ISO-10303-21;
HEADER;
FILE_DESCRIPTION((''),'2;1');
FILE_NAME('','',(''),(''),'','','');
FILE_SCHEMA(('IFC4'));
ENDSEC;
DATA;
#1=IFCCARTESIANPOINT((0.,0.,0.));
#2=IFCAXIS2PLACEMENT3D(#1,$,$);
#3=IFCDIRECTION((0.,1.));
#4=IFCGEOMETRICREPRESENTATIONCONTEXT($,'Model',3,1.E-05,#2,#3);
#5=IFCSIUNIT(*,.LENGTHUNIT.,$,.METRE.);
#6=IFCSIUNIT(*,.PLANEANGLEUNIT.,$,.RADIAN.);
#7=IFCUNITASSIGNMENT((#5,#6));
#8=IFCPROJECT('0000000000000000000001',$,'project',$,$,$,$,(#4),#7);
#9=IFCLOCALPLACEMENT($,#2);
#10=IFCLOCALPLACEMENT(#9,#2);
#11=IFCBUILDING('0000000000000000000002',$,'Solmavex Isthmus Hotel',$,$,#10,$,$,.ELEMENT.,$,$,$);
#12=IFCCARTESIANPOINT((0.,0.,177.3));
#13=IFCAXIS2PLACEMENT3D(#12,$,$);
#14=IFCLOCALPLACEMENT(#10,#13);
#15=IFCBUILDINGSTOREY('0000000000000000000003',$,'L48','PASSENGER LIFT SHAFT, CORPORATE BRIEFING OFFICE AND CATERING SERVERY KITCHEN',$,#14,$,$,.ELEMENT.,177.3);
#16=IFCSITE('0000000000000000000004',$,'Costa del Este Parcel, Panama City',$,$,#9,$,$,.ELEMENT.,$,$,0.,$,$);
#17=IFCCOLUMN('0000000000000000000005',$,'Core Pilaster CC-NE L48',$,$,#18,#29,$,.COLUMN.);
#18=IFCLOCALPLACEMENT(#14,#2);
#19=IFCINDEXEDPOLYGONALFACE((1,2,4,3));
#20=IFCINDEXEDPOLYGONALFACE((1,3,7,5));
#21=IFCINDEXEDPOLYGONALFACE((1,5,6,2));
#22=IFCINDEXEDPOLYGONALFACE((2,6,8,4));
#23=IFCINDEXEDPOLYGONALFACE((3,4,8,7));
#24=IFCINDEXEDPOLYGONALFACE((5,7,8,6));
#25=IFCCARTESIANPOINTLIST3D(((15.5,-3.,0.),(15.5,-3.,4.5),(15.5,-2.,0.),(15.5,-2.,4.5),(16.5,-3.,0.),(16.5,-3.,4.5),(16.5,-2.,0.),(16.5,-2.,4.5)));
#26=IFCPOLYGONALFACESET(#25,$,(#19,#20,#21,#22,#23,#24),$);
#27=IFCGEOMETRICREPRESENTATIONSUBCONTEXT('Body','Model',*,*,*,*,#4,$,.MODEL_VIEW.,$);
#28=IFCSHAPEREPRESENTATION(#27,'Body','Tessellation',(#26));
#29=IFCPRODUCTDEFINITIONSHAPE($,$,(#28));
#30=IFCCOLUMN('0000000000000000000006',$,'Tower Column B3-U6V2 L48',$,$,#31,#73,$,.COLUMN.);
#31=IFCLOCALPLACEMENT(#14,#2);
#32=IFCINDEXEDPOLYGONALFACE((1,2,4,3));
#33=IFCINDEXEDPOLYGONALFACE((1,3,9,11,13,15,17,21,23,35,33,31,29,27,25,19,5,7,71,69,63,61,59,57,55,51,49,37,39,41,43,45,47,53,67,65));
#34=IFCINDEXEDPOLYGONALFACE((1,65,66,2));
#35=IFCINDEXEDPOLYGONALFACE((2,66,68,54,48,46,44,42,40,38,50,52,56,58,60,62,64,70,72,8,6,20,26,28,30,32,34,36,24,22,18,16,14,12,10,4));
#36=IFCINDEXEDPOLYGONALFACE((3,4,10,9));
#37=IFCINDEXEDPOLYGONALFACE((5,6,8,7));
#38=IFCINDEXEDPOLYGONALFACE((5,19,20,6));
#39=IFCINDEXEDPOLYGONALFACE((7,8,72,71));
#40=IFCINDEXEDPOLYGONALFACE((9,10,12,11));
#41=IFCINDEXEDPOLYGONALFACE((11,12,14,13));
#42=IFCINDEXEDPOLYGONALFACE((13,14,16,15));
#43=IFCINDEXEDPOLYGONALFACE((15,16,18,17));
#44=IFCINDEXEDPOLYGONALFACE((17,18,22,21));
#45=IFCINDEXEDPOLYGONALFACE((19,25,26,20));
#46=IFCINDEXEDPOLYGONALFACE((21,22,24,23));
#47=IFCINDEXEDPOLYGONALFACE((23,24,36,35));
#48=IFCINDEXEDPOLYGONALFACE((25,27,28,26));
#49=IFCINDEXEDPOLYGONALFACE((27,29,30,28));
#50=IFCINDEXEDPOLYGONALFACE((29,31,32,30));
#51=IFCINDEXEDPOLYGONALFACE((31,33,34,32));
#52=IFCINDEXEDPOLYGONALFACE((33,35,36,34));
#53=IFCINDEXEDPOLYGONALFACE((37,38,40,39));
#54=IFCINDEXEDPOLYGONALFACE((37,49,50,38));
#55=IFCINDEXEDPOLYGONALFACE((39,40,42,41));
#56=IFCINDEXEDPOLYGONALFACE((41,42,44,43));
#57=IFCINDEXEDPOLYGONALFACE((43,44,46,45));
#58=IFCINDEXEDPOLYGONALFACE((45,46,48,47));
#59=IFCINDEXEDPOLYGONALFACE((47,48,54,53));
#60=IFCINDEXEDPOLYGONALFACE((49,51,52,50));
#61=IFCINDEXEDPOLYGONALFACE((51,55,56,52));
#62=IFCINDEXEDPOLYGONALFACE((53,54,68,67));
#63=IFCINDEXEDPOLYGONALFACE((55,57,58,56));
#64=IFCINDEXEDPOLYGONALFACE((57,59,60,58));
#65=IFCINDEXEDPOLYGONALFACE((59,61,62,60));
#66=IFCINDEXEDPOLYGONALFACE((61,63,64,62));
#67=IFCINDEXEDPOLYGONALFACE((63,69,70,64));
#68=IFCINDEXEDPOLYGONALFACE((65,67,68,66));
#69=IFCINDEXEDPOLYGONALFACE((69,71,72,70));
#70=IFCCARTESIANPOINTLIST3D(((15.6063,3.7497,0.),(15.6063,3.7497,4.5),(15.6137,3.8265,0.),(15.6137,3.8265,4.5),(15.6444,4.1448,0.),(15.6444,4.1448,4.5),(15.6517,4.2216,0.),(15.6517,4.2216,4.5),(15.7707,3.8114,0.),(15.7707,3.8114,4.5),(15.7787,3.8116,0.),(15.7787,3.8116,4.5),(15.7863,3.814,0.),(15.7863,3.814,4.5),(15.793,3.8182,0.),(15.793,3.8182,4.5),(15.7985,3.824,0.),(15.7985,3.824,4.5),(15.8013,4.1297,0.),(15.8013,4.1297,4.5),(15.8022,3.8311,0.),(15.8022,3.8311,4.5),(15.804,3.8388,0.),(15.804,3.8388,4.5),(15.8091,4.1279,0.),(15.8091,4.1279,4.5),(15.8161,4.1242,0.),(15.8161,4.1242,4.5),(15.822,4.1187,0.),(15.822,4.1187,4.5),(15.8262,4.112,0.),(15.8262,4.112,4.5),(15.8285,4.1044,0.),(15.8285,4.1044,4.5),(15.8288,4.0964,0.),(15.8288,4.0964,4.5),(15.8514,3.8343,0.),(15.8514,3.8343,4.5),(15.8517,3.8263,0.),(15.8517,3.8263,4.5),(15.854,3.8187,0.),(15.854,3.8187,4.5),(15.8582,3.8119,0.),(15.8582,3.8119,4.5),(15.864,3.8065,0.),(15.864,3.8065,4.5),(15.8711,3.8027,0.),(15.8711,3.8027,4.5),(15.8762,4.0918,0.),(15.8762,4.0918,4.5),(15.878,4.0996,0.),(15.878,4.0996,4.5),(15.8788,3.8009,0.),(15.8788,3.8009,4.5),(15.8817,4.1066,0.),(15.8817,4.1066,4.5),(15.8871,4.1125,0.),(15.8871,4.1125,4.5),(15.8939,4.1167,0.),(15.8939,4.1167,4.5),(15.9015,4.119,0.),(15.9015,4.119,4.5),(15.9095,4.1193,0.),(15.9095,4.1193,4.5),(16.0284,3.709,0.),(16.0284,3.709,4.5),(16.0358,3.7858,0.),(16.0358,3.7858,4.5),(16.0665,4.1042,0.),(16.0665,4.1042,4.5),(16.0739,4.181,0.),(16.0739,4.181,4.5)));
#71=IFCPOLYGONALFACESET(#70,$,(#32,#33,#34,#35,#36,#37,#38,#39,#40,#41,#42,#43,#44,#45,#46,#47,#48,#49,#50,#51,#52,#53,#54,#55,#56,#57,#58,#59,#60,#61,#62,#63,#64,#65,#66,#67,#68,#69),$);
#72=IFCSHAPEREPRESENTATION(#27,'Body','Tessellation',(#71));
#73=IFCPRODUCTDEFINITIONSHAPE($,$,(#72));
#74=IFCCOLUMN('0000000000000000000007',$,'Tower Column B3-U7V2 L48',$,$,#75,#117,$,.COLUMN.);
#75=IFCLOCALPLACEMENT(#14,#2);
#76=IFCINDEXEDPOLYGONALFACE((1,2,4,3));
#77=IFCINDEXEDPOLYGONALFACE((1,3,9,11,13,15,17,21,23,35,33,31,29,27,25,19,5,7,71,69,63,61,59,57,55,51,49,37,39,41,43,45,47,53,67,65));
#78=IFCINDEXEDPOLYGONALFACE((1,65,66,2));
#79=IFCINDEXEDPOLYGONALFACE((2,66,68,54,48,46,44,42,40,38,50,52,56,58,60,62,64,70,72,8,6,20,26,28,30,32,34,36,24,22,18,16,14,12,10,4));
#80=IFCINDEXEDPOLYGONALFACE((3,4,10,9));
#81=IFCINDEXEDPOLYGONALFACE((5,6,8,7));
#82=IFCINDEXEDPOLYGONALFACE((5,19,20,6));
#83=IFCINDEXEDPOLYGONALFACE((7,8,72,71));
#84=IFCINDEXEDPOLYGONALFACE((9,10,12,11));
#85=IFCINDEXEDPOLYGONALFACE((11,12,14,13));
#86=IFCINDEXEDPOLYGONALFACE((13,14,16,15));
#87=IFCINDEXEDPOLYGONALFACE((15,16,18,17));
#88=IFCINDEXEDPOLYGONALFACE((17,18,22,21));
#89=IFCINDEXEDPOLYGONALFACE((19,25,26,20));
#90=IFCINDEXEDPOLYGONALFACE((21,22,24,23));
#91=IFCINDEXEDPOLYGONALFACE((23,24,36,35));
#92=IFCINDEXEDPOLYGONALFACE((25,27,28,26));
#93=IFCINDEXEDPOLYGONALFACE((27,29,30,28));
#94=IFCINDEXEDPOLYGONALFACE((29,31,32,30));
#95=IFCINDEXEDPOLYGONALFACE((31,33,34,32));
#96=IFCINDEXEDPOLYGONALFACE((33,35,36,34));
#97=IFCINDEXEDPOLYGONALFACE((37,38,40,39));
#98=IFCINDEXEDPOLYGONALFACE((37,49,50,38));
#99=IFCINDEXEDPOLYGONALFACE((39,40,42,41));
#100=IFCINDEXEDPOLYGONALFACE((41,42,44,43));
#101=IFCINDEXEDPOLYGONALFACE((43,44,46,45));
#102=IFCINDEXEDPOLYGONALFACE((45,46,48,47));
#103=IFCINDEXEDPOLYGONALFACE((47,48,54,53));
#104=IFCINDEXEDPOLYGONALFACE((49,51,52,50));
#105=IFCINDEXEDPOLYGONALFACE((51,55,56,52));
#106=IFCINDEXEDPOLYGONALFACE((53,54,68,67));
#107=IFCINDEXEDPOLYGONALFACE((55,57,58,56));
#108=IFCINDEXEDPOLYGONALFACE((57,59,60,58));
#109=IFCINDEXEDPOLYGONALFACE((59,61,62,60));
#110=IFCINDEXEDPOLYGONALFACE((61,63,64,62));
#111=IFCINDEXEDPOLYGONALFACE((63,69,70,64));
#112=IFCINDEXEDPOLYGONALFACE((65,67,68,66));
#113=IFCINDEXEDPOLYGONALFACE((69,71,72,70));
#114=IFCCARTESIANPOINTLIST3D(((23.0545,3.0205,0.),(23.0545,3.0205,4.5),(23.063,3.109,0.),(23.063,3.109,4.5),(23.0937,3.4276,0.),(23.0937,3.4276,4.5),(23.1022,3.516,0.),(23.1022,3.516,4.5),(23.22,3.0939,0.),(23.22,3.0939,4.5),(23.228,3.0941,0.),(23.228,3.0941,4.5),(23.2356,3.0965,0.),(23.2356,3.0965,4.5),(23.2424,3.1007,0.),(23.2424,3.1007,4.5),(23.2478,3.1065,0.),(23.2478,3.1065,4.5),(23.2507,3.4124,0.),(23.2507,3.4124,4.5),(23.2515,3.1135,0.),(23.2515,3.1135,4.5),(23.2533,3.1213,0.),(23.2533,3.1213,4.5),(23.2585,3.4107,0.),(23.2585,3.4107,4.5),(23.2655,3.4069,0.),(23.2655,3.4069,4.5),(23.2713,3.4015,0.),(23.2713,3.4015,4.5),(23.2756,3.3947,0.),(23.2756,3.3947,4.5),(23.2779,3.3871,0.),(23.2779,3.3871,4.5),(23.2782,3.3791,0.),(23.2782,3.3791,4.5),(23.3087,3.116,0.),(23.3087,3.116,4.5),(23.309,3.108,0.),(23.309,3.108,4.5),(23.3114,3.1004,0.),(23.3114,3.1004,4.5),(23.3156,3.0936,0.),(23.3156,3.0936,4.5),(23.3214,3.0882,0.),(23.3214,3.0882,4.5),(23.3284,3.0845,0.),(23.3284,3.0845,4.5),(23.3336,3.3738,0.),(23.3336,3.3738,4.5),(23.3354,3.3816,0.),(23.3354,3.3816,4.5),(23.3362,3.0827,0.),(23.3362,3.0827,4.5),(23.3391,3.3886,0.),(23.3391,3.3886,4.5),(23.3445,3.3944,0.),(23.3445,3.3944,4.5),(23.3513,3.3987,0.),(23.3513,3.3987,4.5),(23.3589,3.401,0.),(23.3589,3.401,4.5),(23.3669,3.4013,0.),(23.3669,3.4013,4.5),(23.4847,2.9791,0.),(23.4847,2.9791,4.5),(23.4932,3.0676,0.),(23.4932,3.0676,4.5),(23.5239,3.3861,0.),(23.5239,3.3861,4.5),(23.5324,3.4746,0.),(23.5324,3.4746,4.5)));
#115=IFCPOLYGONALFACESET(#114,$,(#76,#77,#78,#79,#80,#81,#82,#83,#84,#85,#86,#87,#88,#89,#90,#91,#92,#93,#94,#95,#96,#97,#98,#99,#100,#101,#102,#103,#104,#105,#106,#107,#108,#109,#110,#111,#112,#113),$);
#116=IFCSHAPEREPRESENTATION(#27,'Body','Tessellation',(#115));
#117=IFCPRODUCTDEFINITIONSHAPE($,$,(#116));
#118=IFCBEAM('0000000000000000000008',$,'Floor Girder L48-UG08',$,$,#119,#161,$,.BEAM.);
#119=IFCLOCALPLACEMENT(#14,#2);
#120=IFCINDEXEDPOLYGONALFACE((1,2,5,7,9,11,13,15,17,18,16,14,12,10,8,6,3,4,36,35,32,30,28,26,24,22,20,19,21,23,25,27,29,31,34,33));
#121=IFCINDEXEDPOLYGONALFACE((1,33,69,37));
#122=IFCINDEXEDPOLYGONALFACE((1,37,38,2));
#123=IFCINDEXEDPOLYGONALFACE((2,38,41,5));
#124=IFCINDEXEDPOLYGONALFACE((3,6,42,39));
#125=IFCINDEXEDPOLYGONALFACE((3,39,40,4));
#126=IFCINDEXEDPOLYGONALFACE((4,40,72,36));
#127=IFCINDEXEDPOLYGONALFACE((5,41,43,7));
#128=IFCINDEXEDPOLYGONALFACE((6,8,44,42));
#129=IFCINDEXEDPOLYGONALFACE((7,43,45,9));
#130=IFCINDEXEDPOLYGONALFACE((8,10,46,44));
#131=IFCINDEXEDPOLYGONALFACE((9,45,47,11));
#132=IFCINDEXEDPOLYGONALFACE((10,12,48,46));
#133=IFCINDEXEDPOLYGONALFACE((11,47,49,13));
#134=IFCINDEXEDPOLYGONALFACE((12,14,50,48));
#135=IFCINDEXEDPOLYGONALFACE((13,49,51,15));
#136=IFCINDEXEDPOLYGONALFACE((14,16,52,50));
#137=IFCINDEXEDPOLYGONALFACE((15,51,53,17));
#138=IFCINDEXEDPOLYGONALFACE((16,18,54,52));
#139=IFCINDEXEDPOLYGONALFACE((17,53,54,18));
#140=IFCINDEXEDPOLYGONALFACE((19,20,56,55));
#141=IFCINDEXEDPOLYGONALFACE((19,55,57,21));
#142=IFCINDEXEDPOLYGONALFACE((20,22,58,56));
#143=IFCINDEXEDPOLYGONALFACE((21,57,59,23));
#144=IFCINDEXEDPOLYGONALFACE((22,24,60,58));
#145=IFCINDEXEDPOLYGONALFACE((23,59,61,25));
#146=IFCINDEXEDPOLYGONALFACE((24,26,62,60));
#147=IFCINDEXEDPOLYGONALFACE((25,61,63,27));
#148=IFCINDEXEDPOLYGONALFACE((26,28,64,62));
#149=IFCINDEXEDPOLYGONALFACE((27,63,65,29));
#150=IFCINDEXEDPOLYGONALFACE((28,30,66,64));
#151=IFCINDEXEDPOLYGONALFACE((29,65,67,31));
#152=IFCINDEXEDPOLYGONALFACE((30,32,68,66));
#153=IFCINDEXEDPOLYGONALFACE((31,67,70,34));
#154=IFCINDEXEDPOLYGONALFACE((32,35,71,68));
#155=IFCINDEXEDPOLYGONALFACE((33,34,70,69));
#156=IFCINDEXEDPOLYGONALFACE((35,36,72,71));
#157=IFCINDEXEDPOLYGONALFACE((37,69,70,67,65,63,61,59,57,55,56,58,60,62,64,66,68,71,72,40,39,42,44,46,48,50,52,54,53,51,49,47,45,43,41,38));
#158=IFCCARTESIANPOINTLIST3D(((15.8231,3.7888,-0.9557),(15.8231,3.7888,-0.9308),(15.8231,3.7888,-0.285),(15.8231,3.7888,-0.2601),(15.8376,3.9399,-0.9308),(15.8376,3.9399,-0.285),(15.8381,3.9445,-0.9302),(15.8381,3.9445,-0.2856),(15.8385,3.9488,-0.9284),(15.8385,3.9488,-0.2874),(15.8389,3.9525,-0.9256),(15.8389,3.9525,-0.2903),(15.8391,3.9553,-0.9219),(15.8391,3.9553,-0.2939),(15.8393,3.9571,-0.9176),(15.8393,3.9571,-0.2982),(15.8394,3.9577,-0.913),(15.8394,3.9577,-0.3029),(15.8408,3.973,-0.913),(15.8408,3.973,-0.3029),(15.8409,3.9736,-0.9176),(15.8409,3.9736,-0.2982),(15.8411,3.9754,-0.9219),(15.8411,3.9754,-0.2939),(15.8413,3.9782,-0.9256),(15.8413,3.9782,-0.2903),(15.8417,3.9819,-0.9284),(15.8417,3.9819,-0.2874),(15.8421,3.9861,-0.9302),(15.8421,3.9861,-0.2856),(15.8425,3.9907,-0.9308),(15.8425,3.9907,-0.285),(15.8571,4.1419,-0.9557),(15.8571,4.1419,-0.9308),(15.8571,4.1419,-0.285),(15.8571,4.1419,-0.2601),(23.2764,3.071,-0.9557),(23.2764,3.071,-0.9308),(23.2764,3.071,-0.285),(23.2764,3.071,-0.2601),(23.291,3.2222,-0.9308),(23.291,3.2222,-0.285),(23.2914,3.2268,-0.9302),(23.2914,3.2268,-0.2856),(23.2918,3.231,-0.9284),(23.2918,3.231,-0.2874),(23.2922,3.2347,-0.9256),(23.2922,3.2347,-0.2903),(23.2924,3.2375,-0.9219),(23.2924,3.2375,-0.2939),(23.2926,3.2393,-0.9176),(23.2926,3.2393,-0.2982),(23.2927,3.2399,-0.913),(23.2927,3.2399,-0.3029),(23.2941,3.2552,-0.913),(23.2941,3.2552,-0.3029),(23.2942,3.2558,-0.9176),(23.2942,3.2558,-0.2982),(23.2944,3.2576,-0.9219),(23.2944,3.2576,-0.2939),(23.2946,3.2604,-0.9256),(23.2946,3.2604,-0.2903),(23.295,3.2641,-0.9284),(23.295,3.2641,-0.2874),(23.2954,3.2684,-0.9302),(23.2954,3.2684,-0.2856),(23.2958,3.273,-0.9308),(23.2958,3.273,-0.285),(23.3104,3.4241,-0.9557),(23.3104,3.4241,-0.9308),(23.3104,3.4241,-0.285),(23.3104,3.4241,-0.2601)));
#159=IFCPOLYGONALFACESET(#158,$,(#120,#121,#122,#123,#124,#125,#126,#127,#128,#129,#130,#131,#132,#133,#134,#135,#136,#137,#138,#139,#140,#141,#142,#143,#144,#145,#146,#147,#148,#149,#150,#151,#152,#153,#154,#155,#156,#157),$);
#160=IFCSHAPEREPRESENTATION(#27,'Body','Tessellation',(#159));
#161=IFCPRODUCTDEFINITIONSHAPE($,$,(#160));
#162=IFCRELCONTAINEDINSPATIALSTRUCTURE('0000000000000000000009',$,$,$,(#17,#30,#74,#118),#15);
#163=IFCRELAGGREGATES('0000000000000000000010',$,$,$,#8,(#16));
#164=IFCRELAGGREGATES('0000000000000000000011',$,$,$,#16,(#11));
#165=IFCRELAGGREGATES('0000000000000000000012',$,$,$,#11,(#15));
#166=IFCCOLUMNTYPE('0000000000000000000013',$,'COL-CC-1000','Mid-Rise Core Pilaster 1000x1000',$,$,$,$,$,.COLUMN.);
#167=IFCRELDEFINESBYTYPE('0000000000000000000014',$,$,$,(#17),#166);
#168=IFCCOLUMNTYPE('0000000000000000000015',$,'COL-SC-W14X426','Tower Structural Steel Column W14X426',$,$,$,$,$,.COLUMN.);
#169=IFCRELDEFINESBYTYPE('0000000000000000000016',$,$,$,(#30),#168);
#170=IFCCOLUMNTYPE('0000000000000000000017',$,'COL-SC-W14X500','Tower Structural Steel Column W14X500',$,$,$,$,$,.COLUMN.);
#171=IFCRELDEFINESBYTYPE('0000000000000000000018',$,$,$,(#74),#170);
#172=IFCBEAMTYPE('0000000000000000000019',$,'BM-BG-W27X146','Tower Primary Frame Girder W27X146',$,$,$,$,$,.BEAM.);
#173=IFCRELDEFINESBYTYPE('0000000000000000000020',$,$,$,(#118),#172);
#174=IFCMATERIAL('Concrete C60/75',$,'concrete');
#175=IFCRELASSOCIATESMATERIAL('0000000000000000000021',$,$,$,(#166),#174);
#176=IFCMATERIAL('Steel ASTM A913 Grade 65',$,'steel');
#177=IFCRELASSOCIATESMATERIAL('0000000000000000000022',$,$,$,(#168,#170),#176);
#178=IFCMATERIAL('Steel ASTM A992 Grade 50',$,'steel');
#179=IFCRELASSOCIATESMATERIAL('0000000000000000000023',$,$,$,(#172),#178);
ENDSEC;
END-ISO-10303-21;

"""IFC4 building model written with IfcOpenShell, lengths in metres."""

from ifc_helpers import new_model, si_unit, direction, frame, origin, origin_2d, place, context, subcontext, project, spatial, rectangle, i_section, extrude, material, material_profile, profile_set, type_object, element, save


model = new_model("IFC4")

# Units and contexts
model_context = context("Model", 3, precision=1e-05, world=origin(), true_north=direction((0.0, 1.0)))
body_context = subcontext(model_context, "Body", "Model", "MODEL_VIEW")
ifc_project = project(units=[si_unit("LENGTHUNIT", "METRE"), si_unit("PLANEANGLEUNIT", "RADIAN")], contexts=[model_context])

# Site, building, storey
site_placement = place(None, origin())
site = spatial("IfcSite", under=ifc_project, at=site_placement, Name="Costa del Este Parcel, Panama City", CompositionType="ELEMENT", RefElevation=0.0)
building_placement = place(site_placement, origin())
building = spatial("IfcBuilding", under=site, at=building_placement, Name="Solmavex Isthmus Hotel", CompositionType="ELEMENT")
storey_placement = place(building_placement, frame((0.0, 0.0, 177.3)))
storey = spatial("IfcBuildingStorey", under=building, at=storey_placement, Name="L48", Description="PASSENGER LIFT SHAFT, CORPORATE BRIEFING OFFICE AND CATERING SERVERY KITCHEN", CompositionType="ELEMENT", Elevation=177.3)

# Columns
ifc_material_1 = material(Name="Concrete C60/75", Category="concrete")
ifc_material_profile_1 = material_profile(ifc_material_1, rectangle(XDim=1.0, YDim=1.0, at=origin_2d()), Name="RC1000X1000")
ifc_profile_set_1 = profile_set([ifc_material_profile_1], Name="Concrete C60/75")
column_type_1 = type_object("IfcColumnType", Name="COL-CC-1000", Description="Mid-Rise Core Pilaster 1000x1000", PredefinedType="COLUMN", material=ifc_profile_set_1)
column_1_placement = place(storey_placement, frame((16.0, -2.5, 0.0), z_axis=(0.0, 0.0, 1.0), x_axis=(1.0, 0.0, 0.0)))
element("IfcColumn", 1, at=column_1_placement, inside=storey, type_object=column_type_1, Name="Core Pilaster CC-NE L48", PredefinedType="COLUMN", context=body_context, shape_type="SweptSolid", body=[
    extrude(rectangle(XDim=1.0, YDim=1.0, at=origin_2d()), origin(), (0.0, 0.0, 1.0), 4.5),
])
ifc_material_2 = material(Name="Steel ASTM A913 Grade 65", Category="steel")
ifc_material_profile_2 = material_profile(ifc_material_2, i_section(OverallWidth=0.4241, OverallDepth=0.4741, WebThickness=0.0476, FlangeThickness=0.0771, FilletRadius=0.0305, at=origin_2d()), Name="W14X426")
ifc_profile_set_2 = profile_set([ifc_material_profile_2], Name="Steel ASTM A913 Grade 65")
column_type_2 = type_object("IfcColumnType", Name="COL-SC-W14X426", Description="Tower Structural Steel Column W14X426", PredefinedType="COLUMN", material=ifc_profile_set_2)
column_2_placement = place(storey_placement, frame((15.8401, 3.9653, 0.0), z_axis=(0.0, 0.0, 1.0), x_axis=(0.995396, -0.095846, 0.0)))
element("IfcColumn", 2, at=column_2_placement, inside=storey, type_object=column_type_2, Name="Tower Column B3-U6V2 L48", PredefinedType="COLUMN", context=body_context, shape_type="SweptSolid", body=[
    extrude(i_section(OverallWidth=0.4241, OverallDepth=0.4741, WebThickness=0.0476, FlangeThickness=0.0771, FilletRadius=0.0305, at=origin_2d()), origin(), (0.0, 0.0, 1.0), 4.5),
])
ifc_material_profile_3 = material_profile(ifc_material_2, i_section(OverallWidth=0.4321, OverallDepth=0.4978, WebThickness=0.0557, FlangeThickness=0.0889, FilletRadius=0.0305, at=origin_2d()), Name="W14X500")
ifc_profile_set_3 = profile_set([ifc_material_profile_3], Name="Steel ASTM A913 Grade 65")
column_type_3 = type_object("IfcColumnType", Name="COL-SC-W14X500", Description="Tower Structural Steel Column W14X500", PredefinedType="COLUMN", material=ifc_profile_set_3)
column_3_placement = place(storey_placement, frame((23.2935, 3.2476, 0.0), z_axis=(0.0, 0.0, 1.0), x_axis=(0.995396, -0.095846, 0.0)))
element("IfcColumn", 3, at=column_3_placement, inside=storey, type_object=column_type_3, Name="Tower Column B3-U7V2 L48", PredefinedType="COLUMN", context=body_context, shape_type="SweptSolid", body=[
    extrude(i_section(OverallWidth=0.4321, OverallDepth=0.4978, WebThickness=0.0557, FlangeThickness=0.0889, FilletRadius=0.0305, at=origin_2d()), origin(), (0.0, 0.0, 1.0), 4.5),
])

# Beam
ifc_material_3 = material(Name="Steel ASTM A992 Grade 50", Category="steel")
ifc_material_profile_4 = material_profile(ifc_material_3, i_section(OverallWidth=0.3547, OverallDepth=0.6956, WebThickness=0.0154, FlangeThickness=0.0249, FilletRadius=0.0178, at=origin_2d()), Name="W27X146")
ifc_profile_set_4 = profile_set([ifc_material_profile_4], Name="Steel ASTM A992 Grade 50")
beam_type_1 = type_object("IfcBeamType", Name="BM-BG-W27X146", Description="Tower Primary Frame Girder W27X146", PredefinedType="BEAM", material=ifc_profile_set_4)
beam_1_placement = place(storey_placement, frame((15.8401, 3.9653, -0.6079), z_axis=(0.995395, -0.095858, 0.0), x_axis=(0.095858, 0.995395, 0.0)))
element("IfcBeam", 4, at=beam_1_placement, inside=storey, type_object=beam_type_1, Name="Floor Girder L48-UG08", PredefinedType="BEAM", context=body_context, shape_type="SweptSolid", body=[
    extrude(i_section(OverallWidth=0.3547, OverallDepth=0.6956, WebThickness=0.0154, FlangeThickness=0.0249, FilletRadius=0.0178, at=origin_2d()), origin(), (0.0, 0.0, 1.0), 7.4878),
])

save(model, "model.ifc")
